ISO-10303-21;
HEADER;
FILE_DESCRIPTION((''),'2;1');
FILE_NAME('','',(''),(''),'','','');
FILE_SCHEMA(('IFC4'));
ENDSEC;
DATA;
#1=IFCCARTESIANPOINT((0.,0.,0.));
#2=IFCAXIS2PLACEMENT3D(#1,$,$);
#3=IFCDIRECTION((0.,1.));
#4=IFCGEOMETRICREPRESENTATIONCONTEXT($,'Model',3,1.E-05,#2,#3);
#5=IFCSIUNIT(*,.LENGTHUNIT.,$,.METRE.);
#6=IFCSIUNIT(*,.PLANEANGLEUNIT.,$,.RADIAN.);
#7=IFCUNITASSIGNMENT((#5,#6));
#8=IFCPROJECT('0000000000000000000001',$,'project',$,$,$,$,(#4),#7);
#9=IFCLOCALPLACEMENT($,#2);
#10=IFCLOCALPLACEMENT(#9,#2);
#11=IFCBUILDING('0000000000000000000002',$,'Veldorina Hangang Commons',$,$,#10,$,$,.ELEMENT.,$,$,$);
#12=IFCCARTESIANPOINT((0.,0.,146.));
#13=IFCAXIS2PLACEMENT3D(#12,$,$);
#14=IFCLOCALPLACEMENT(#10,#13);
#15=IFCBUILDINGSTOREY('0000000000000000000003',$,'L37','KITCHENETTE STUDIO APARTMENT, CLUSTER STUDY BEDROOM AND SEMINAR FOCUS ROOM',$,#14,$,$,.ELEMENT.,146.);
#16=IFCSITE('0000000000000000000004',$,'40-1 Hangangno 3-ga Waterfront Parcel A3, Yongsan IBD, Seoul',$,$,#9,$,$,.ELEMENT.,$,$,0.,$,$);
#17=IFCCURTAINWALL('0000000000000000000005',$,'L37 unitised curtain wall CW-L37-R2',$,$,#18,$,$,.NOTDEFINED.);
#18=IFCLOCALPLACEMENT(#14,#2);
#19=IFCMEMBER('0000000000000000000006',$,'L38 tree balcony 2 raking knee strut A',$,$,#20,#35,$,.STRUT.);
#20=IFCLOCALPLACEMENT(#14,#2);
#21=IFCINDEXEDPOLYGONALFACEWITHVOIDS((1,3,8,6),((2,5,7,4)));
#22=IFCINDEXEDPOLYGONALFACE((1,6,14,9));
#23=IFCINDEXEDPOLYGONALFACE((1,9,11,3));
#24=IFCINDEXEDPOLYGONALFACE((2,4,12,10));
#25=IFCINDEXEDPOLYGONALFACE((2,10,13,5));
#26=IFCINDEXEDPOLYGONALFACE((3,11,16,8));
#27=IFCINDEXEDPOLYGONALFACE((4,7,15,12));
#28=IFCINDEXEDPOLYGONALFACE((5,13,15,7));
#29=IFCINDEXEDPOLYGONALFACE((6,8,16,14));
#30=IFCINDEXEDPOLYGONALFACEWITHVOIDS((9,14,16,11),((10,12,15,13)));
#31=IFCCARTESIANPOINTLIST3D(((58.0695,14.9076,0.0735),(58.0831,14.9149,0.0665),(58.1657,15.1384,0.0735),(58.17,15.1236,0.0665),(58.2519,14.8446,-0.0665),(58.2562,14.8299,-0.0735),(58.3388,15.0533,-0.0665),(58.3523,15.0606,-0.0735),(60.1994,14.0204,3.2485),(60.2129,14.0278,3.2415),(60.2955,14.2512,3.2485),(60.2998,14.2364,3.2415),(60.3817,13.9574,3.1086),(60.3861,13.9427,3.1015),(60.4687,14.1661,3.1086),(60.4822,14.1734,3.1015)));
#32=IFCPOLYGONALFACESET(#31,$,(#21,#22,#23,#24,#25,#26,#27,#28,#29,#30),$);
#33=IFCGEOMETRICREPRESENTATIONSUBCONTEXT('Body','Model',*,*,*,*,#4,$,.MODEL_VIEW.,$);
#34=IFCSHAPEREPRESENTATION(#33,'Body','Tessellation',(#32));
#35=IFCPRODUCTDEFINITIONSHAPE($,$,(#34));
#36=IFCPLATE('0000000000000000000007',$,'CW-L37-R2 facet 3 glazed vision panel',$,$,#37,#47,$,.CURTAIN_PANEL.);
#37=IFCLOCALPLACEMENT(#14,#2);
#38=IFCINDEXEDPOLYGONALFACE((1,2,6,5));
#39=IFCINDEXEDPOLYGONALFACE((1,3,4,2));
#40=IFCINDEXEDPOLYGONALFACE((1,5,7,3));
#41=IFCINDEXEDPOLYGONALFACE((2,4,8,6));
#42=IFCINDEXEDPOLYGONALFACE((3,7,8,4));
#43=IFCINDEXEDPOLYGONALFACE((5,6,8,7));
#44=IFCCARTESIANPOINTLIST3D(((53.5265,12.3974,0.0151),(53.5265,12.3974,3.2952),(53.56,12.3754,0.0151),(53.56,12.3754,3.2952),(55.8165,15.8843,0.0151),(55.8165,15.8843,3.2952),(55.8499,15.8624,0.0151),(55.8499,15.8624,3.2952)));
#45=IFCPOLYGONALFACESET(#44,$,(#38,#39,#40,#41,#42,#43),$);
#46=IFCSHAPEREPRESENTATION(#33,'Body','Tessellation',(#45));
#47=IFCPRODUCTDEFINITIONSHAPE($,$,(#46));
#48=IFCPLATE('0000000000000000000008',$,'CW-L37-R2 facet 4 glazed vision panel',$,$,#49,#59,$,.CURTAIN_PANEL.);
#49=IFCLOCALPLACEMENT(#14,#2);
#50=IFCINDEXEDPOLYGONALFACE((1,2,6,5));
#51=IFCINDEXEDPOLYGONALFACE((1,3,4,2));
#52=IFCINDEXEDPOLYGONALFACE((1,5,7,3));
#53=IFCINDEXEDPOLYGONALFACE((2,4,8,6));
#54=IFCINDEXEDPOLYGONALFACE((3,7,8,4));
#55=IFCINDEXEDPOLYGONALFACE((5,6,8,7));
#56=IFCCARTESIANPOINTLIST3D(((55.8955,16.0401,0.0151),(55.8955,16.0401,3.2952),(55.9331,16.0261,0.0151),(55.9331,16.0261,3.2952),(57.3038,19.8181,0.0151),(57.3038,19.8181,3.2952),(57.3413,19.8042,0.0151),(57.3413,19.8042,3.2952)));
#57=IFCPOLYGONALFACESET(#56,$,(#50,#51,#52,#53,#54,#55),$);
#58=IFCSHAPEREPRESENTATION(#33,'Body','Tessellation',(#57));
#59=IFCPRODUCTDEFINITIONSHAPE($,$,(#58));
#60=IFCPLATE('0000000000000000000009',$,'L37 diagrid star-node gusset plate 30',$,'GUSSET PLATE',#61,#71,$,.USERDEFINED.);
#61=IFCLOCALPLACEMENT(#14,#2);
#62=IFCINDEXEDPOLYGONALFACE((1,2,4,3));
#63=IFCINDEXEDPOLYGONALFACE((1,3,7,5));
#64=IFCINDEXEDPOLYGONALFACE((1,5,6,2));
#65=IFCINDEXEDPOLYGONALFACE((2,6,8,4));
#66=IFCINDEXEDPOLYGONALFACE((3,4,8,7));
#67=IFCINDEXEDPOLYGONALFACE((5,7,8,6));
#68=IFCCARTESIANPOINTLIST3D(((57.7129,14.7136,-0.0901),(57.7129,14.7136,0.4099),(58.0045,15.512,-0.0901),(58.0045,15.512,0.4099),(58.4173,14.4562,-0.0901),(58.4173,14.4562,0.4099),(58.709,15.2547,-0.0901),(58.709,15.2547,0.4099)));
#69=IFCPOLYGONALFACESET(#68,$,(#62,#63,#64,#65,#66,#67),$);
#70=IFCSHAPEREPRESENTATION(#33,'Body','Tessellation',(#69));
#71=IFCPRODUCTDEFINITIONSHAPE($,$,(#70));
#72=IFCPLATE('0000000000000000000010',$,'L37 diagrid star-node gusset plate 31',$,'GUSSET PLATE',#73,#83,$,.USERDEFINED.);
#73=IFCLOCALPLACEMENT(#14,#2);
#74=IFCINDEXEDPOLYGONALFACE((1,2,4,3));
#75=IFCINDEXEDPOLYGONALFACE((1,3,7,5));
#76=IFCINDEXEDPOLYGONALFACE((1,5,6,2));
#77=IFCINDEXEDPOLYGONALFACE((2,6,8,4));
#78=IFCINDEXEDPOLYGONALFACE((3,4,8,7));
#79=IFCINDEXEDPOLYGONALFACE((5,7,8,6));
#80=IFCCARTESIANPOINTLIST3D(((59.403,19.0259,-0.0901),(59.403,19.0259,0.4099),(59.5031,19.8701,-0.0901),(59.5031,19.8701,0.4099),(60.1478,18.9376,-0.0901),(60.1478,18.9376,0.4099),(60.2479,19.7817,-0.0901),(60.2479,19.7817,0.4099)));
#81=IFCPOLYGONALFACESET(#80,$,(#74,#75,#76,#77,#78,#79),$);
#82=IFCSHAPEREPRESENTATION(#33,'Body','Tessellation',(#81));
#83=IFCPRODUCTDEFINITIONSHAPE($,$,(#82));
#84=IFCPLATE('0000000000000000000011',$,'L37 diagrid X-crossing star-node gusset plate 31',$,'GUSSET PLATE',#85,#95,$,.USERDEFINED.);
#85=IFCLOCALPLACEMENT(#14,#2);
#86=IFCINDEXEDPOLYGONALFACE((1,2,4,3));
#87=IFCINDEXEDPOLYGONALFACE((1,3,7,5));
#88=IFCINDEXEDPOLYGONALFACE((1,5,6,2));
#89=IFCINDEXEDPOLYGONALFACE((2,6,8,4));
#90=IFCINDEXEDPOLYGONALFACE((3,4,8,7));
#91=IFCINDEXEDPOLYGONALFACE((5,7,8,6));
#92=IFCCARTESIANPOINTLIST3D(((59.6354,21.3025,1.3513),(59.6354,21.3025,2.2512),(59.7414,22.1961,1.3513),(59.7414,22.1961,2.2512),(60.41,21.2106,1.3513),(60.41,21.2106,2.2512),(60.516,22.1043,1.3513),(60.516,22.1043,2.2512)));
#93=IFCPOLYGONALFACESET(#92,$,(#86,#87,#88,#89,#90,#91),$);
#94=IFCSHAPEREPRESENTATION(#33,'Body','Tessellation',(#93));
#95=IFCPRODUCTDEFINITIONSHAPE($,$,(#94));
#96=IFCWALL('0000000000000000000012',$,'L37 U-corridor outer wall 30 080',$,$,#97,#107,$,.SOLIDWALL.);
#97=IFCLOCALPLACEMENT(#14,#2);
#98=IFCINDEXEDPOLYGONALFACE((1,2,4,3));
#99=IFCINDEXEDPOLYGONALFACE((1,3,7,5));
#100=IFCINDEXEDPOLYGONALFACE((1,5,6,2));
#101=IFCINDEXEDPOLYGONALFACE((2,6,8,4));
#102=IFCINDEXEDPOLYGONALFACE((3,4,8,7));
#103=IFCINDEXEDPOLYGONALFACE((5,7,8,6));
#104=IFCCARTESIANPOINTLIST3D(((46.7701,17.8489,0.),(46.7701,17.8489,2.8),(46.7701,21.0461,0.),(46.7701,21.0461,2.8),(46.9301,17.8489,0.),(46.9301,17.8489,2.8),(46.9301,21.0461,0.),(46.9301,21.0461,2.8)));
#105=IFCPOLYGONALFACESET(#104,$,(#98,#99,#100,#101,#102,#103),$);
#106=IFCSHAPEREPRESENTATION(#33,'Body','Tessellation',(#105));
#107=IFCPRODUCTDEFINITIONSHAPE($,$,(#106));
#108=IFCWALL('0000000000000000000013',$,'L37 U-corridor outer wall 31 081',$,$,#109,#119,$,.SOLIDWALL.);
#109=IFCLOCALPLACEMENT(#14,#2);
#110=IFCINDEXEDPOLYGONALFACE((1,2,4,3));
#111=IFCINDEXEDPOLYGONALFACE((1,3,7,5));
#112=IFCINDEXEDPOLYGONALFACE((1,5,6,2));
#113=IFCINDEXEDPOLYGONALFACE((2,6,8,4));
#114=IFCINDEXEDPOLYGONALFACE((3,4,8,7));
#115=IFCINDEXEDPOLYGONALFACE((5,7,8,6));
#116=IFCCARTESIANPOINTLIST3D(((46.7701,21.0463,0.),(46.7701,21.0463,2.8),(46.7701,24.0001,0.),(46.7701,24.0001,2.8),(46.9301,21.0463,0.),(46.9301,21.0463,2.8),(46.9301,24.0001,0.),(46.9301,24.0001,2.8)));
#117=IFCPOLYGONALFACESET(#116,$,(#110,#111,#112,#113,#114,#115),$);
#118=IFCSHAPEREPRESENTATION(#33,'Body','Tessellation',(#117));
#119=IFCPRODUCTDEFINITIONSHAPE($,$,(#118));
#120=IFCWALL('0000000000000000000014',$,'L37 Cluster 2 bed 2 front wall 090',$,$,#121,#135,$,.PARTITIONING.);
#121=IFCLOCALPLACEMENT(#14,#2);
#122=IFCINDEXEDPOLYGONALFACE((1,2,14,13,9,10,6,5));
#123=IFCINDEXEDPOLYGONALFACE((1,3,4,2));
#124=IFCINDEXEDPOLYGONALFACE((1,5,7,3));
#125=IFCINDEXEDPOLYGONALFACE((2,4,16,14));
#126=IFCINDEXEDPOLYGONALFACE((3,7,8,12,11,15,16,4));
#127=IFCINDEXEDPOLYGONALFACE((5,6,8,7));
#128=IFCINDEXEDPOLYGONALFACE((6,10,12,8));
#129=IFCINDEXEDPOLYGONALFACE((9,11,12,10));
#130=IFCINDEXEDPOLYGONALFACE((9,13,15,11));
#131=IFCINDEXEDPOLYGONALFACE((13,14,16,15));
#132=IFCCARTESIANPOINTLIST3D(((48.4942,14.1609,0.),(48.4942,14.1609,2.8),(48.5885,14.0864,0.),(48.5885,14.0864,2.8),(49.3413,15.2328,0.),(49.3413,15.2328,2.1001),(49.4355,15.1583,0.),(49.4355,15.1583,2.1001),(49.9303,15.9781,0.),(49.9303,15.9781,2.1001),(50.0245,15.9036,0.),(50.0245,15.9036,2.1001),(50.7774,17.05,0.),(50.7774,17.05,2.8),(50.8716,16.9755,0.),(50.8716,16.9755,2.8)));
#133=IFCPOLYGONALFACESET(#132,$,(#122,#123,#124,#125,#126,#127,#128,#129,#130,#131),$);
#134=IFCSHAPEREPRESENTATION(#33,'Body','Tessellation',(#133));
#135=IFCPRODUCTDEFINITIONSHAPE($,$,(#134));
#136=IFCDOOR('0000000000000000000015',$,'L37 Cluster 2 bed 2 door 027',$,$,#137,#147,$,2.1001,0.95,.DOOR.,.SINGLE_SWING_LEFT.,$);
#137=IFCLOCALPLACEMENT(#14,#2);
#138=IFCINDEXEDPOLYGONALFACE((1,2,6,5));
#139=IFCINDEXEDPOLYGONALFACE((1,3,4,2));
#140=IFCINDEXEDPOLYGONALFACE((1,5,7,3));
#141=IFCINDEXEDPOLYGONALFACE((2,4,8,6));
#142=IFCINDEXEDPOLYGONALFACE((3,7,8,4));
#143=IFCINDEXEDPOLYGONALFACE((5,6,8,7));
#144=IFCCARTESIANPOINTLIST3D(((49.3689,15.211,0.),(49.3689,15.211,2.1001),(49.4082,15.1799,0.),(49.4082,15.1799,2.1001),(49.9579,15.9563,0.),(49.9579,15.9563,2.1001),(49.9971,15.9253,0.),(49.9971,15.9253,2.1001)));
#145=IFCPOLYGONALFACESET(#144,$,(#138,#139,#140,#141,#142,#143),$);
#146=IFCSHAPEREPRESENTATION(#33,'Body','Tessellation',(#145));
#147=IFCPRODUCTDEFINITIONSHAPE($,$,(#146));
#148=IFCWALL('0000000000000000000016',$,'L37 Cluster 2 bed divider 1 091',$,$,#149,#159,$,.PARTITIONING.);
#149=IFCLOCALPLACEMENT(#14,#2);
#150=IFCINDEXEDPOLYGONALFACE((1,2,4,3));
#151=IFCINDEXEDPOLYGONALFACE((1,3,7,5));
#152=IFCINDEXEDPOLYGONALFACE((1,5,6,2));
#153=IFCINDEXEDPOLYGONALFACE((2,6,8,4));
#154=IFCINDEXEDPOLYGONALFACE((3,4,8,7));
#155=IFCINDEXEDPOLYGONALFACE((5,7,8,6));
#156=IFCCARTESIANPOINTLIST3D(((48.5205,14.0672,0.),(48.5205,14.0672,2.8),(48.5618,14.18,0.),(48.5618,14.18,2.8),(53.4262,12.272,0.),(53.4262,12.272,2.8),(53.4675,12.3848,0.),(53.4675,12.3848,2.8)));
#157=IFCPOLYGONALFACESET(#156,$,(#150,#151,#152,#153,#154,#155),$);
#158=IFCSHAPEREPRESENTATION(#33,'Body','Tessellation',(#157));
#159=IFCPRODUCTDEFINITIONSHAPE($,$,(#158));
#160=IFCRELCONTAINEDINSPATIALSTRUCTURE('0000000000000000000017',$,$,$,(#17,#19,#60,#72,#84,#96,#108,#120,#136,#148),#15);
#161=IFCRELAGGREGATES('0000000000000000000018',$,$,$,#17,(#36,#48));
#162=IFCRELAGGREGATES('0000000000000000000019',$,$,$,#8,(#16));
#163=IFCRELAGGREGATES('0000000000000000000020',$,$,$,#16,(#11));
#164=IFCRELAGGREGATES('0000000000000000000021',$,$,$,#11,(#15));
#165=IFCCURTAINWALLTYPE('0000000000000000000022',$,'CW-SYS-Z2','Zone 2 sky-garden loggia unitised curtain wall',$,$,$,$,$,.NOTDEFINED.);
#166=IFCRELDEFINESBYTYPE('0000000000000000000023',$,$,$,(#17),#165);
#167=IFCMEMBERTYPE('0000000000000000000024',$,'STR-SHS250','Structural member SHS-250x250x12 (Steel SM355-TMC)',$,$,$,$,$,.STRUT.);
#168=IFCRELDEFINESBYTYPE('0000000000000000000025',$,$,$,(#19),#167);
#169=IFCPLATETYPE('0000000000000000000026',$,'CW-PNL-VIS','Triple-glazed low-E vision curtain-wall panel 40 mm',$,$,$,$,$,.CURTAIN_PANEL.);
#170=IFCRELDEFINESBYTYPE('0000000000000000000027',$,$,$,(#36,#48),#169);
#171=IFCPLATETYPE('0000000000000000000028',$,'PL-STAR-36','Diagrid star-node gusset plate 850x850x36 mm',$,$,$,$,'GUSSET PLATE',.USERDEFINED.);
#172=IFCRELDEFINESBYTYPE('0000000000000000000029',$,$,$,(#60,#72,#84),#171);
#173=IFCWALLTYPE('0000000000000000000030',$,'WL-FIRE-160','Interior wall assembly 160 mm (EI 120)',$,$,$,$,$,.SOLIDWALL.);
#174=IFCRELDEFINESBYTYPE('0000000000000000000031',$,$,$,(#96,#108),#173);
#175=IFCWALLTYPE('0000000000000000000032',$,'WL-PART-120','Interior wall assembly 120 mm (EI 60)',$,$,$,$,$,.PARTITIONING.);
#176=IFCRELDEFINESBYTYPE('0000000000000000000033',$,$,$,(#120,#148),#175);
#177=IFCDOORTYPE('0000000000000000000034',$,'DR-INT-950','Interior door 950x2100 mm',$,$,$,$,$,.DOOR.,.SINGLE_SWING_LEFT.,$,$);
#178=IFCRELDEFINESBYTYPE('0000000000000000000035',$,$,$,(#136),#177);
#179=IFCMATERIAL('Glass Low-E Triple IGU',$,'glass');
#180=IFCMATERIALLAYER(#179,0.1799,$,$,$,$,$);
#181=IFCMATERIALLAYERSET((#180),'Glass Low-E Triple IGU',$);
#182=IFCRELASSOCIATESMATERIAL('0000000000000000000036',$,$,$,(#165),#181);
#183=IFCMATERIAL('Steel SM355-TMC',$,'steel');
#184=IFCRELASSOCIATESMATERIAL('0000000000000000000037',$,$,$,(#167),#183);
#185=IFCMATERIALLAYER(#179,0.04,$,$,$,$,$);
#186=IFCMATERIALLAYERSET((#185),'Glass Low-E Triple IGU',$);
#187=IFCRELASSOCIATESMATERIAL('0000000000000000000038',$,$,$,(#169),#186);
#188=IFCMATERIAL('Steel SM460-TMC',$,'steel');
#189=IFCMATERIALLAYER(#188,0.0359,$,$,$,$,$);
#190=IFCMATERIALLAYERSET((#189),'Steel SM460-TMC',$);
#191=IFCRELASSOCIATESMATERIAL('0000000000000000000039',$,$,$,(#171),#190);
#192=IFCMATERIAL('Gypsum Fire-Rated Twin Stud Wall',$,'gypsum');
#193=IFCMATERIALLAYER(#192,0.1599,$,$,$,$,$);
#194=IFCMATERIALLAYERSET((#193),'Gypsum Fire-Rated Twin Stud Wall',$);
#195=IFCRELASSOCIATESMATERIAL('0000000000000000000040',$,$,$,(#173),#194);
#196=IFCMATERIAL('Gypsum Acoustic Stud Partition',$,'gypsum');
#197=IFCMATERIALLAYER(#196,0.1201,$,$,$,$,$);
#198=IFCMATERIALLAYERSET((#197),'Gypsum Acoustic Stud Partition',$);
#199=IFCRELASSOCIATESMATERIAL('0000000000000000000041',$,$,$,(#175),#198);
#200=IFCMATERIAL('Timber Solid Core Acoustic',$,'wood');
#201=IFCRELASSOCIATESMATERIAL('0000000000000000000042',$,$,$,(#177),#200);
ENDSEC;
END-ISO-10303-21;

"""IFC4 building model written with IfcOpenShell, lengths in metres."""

from ifc_helpers import new_model, si_unit, direction, frame, frame_2d, origin, origin_2d, place, context, subcontext, project, spatial, rectangle, hollow_rectangle, extrude, material, layer, layer_set, material_profile, profile_set, type_object, element, fill, aggregate, save


model = new_model("IFC4")

# Units and contexts
model_context = context("Model", 3, precision=1e-05, world=origin(), true_north=direction((0.0, 1.0)))
body_context = subcontext(model_context, "Body", "Model", "MODEL_VIEW")
ifc_project = project(units=[si_unit("LENGTHUNIT", "METRE"), si_unit("PLANEANGLEUNIT", "RADIAN")], contexts=[model_context])

# Site, building, storey
site_placement = place(None, origin())
site = spatial("IfcSite", under=ifc_project, at=site_placement, Name="40-1 Hangangno 3-ga Waterfront Parcel A3, Yongsan IBD, Seoul", CompositionType="ELEMENT", RefElevation=0.0)
building_placement = place(site_placement, origin())
building = spatial("IfcBuilding", under=site, at=building_placement, Name="Veldorina Hangang Commons", CompositionType="ELEMENT")
storey_placement = place(building_placement, frame((0.0, 0.0, 146.0)))
storey = spatial("IfcBuildingStorey", under=building, at=storey_placement, Name="L37", Description="KITCHENETTE STUDIO APARTMENT, CLUSTER STUDY BEDROOM AND SEMINAR FOCUS ROOM", CompositionType="ELEMENT", Elevation=146.0)

# Shared definitions
ifc_material_1 = material(Name="Steel SM355-TMC", Category="steel")

# Curtain wall
ifc_material_2 = material(Name="Glass Low-E Triple IGU", Category="glass")
ifc_layer_1 = layer(ifc_material_2, 0.1799)
ifc_layer_set_1 = layer_set([ifc_layer_1], Name="Glass Low-E Triple IGU")
curtain_wall_type = type_object("IfcCurtainWallType", Name="CW-SYS-Z2", Description="Zone 2 sky-garden loggia unitised curtain wall", PredefinedType="NOTDEFINED", material=ifc_layer_set_1)
curtain_wall_placement = place(storey_placement, origin())
curtain_wall = element("IfcCurtainWall", 1, at=curtain_wall_placement, inside=storey, type_object=curtain_wall_type, Name="L37 unitised curtain wall CW-L37-R2", PredefinedType="NOTDEFINED")

# Member
ifc_material_profile_1 = material_profile(ifc_material_1, hollow_rectangle(XDim=0.25, YDim=0.25, WallThickness=0.012, at=origin_2d()), Name="SHS-250x250x12")
ifc_profile_set_1 = profile_set([ifc_material_profile_1], Name="Steel SM355-TMC")
member_type_1 = type_object("IfcMemberType", Name="STR-SHS250", Description="Structural member SHS-250x250x12 (Steel SM355-TMC)", PredefinedType="STRUT", material=ifc_profile_set_1)
member_1_placement = place(storey_placement, frame((58.2109, 14.9841, 0.0), z_axis=(0.542666, -0.226048, 0.80896), x_axis=(0.384525, 0.923114, 0.0)))
element("IfcMember", 2, at=member_1_placement, inside=storey, type_object=member_type_1, Name="L38 tree balcony 2 raking knee strut A", PredefinedType="STRUT", context=body_context, shape_type="SweptSolid", body=[
    extrude(hollow_rectangle(XDim=0.25, YDim=0.25, WallThickness=0.012, at=origin_2d()), origin(), (0.0, 0.0, 1.0), 3.9248),
])

# Plates
ifc_layer_2 = layer(ifc_material_2, 0.04)
ifc_layer_set_2 = layer_set([ifc_layer_2], Name="Glass Low-E Triple IGU")
plate_type_1 = type_object("IfcPlateType", Name="CW-PNL-VIS", Description="Triple-glazed low-E vision curtain-wall panel 40 mm", PredefinedType="CURTAIN_PANEL", material=ifc_layer_set_2)
plate_1_placement = place(storey_placement, frame((54.6882, 14.1299, 0.0151), z_axis=(0.0, 0.0, 1.0), x_axis=(0.548935, 0.835865, 0.0)))
plate_1 = element("IfcPlate", 3, at=plate_1_placement, type_object=plate_type_1, Name="CW-L37-R2 facet 3 glazed vision panel", PredefinedType="CURTAIN_PANEL", context=body_context, shape_type="SweptSolid", body=[
    extrude(rectangle(XDim=4.1716, YDim=0.04, at=origin_2d()), origin(), (0.0, 0.0, 1.0), 3.28),
])
plate_2_placement = place(storey_placement, frame((56.6184, 17.9221, 0.0151), z_axis=(0.0, 0.0, 1.0), x_axis=(0.349259, 0.937026, 0.0)))
plate_2 = element("IfcPlate", 4, at=plate_2_placement, type_object=plate_type_1, Name="CW-L37-R2 facet 4 glazed vision panel", PredefinedType="CURTAIN_PANEL", context=body_context, shape_type="SweptSolid", body=[
    extrude(rectangle(XDim=4.032, YDim=0.04, at=origin_2d()), origin(), (0.0, 0.0, 1.0), 3.28),
])
aggregate(curtain_wall, [plate_1, plate_2])

# Plates
ifc_material_3 = material(Name="Steel SM460-TMC", Category="steel")
ifc_layer_3 = layer(ifc_material_3, 0.0359)
ifc_layer_set_3 = layer_set([ifc_layer_3], Name="Steel SM460-TMC")
plate_type_2 = type_object("IfcPlateType", Name="PL-STAR-36", Description="Diagrid star-node gusset plate 850x850x36 mm", ElementType="GUSSET PLATE", PredefinedType="USERDEFINED", material=ifc_layer_set_3)
for number, where, z_axis, x_axis, name in (
    (5, (58.2109, 14.9841, -0.0901), (0.0, 0.0, 1.0), (0.343119, 0.939292, 0.0), "L37 diagrid star-node gusset plate 30"),
    (6, (59.8254, 19.4038, -0.0901), (0.0, 0.0, 1.0), (0.11778, 0.99304, 0.0), "L37 diagrid star-node gusset plate 31"),
):
    element("IfcPlate", number, at=place(storey_placement, frame(where, z_axis=z_axis, x_axis=x_axis)), inside=storey, type_object=plate_type_2, Name=name, ObjectType="GUSSET PLATE", PredefinedType="USERDEFINED", context=body_context, shape_type="SweptSolid", body=[
        extrude(rectangle(XDim=0.8501, YDim=0.75, at=origin_2d()), origin(), (0.0, 0.0, 1.0), 0.5),
    ])
plate_3_placement = place(storey_placement, frame((60.0757, 21.7034, 1.3513), z_axis=(0.0, 0.0, 1.0), x_axis=(0.11778, 0.99304, 0.0)))
element("IfcPlate", 7, at=plate_3_placement, inside=storey, type_object=plate_type_2, Name="L37 diagrid X-crossing star-node gusset plate 31", ObjectType="GUSSET PLATE", PredefinedType="USERDEFINED", context=body_context, shape_type="SweptSolid", body=[
    extrude(rectangle(XDim=0.8999, YDim=0.78, at=origin_2d()), origin(), (0.0, 0.0, 1.0), 0.8999),
])

# Walls
ifc_material_4 = material(Name="Gypsum Fire-Rated Twin Stud Wall", Category="gypsum")
ifc_layer_4 = layer(ifc_material_4, 0.1599)
ifc_layer_set_4 = layer_set([ifc_layer_4], Name="Gypsum Fire-Rated Twin Stud Wall")
wall_type_1 = type_object("IfcWallType", Name="WL-FIRE-160", Description="Interior wall assembly 160 mm (EI 120)", PredefinedType="SOLIDWALL", material=ifc_layer_set_4)
wall_1_placement = place(storey_placement, frame((46.8501, 17.8489, 0.0), z_axis=(0.0, 0.0, 1.0), x_axis=(0.0, 1.0, 0.0)))
element("IfcWall", 8, at=wall_1_placement, inside=storey, type_object=wall_type_1, Name="L37 U-corridor outer wall 30 080", PredefinedType="SOLIDWALL", context=body_context, shape_type="SweptSolid", body=[
    extrude(rectangle(XDim=3.1973, YDim=0.1599, at=frame_2d((1.5986, 0.0))), origin(), (0.0, 0.0, 1.0), 2.8),
])
wall_2_placement = place(storey_placement, frame((46.8501, 21.0461, 0.0), z_axis=(0.0, 0.0, 1.0), x_axis=(0.0, 1.0, 0.0)))
element("IfcWall", 9, at=wall_2_placement, inside=storey, type_object=wall_type_1, Name="L37 U-corridor outer wall 31 081", PredefinedType="SOLIDWALL", context=body_context, shape_type="SweptSolid", body=[
    extrude(rectangle(XDim=2.9539, YDim=0.1599, at=frame_2d((1.4771, 0.0))), origin(), (0.0, 0.0, 1.0), 2.8),
])

# Wall, opening, door
ifc_material_5 = material(Name="Gypsum Acoustic Stud Partition", Category="gypsum")
ifc_layer_5 = layer(ifc_material_5, 0.1201)
ifc_layer_set_5 = layer_set([ifc_layer_5], Name="Gypsum Acoustic Stud Partition")
wall_type_2 = type_object("IfcWallType", Name="WL-PART-120", Description="Interior wall assembly 120 mm (EI 60)", PredefinedType="PARTITIONING", material=ifc_layer_set_5)
wall_3_placement = place(storey_placement, frame((48.5413, 14.1235, 0.0), z_axis=(0.0, 0.0, 1.0), x_axis=(0.620027, 0.784581, 0.0)))
wall_3 = element("IfcWall", 10, at=wall_3_placement, inside=storey, type_object=wall_type_2, Name="L37 Cluster 2 bed 2 front wall 090", PredefinedType="PARTITIONING", context=body_context, shape_type="SweptSolid", body=[
    extrude(rectangle(XDim=3.6824, YDim=0.1201, at=frame_2d((1.8413, 0.0))), origin(), (0.0, 0.0, 1.0), 2.8),
])
opening_1_placement = place(wall_3_placement, frame((1.3662, 0.0, 0.0)))
opening_1 = element("IfcOpeningElement", 11, at=opening_1_placement, cuts=wall_3, PredefinedType="OPENING", context=body_context, shape_type="SweptSolid", body=[
    extrude(rectangle(XDim=0.95, YDim=2.1001, at=frame_2d((0.4751, 1.05))), frame((0.0, 0.0701, 0.0), z_axis=(0.0, -1.0, 0.0), x_axis=(1.0, 0.0, 0.0)), (0.0, 0.0, 1.0), 0.1401),
])
ifc_material_6 = material(Name="Timber Solid Core Acoustic", Category="wood")
door_type = type_object("IfcDoorType", Name="DR-INT-950", Description="Interior door 950x2100 mm", OperationType="SINGLE_SWING_LEFT", PredefinedType="DOOR", material=ifc_material_6)
door_1_placement = place(opening_1_placement, origin())
door_1 = element("IfcDoor", 12, at=door_1_placement, inside=storey, type_object=door_type, Name="L37 Cluster 2 bed 2 door 027", OperationType="SINGLE_SWING_LEFT", OverallHeight=2.1001, OverallWidth=0.95, PredefinedType="DOOR", context=body_context, shape_type="SweptSolid", body=[
    extrude(rectangle(XDim=0.95, YDim=2.1001, at=frame_2d((0.4751, 1.05))), frame((0.0, 0.0249, 0.0), z_axis=(0.0, -1.0, 0.0), x_axis=(1.0, 0.0, 0.0)), (0.0, 0.0, 1.0), 0.05),
])
fill(opening_1, door_1)

# Wall
wall_4_placement = place(storey_placement, frame((48.5413, 14.1235, 0.0), z_axis=(0.0, 0.0, 1.0), x_axis=(0.9391, -0.343645, 0.0)))
element("IfcWall", 13, at=wall_4_placement, inside=storey, type_object=wall_type_2, Name="L37 Cluster 2 bed divider 1 091", PredefinedType="PARTITIONING", context=body_context, shape_type="SweptSolid", body=[
    extrude(rectangle(XDim=5.2239, YDim=0.1201, at=frame_2d((2.6118, 0.0))), origin(), (0.0, 0.0, 1.0), 2.8),
])

save(model, "model.ifc")
